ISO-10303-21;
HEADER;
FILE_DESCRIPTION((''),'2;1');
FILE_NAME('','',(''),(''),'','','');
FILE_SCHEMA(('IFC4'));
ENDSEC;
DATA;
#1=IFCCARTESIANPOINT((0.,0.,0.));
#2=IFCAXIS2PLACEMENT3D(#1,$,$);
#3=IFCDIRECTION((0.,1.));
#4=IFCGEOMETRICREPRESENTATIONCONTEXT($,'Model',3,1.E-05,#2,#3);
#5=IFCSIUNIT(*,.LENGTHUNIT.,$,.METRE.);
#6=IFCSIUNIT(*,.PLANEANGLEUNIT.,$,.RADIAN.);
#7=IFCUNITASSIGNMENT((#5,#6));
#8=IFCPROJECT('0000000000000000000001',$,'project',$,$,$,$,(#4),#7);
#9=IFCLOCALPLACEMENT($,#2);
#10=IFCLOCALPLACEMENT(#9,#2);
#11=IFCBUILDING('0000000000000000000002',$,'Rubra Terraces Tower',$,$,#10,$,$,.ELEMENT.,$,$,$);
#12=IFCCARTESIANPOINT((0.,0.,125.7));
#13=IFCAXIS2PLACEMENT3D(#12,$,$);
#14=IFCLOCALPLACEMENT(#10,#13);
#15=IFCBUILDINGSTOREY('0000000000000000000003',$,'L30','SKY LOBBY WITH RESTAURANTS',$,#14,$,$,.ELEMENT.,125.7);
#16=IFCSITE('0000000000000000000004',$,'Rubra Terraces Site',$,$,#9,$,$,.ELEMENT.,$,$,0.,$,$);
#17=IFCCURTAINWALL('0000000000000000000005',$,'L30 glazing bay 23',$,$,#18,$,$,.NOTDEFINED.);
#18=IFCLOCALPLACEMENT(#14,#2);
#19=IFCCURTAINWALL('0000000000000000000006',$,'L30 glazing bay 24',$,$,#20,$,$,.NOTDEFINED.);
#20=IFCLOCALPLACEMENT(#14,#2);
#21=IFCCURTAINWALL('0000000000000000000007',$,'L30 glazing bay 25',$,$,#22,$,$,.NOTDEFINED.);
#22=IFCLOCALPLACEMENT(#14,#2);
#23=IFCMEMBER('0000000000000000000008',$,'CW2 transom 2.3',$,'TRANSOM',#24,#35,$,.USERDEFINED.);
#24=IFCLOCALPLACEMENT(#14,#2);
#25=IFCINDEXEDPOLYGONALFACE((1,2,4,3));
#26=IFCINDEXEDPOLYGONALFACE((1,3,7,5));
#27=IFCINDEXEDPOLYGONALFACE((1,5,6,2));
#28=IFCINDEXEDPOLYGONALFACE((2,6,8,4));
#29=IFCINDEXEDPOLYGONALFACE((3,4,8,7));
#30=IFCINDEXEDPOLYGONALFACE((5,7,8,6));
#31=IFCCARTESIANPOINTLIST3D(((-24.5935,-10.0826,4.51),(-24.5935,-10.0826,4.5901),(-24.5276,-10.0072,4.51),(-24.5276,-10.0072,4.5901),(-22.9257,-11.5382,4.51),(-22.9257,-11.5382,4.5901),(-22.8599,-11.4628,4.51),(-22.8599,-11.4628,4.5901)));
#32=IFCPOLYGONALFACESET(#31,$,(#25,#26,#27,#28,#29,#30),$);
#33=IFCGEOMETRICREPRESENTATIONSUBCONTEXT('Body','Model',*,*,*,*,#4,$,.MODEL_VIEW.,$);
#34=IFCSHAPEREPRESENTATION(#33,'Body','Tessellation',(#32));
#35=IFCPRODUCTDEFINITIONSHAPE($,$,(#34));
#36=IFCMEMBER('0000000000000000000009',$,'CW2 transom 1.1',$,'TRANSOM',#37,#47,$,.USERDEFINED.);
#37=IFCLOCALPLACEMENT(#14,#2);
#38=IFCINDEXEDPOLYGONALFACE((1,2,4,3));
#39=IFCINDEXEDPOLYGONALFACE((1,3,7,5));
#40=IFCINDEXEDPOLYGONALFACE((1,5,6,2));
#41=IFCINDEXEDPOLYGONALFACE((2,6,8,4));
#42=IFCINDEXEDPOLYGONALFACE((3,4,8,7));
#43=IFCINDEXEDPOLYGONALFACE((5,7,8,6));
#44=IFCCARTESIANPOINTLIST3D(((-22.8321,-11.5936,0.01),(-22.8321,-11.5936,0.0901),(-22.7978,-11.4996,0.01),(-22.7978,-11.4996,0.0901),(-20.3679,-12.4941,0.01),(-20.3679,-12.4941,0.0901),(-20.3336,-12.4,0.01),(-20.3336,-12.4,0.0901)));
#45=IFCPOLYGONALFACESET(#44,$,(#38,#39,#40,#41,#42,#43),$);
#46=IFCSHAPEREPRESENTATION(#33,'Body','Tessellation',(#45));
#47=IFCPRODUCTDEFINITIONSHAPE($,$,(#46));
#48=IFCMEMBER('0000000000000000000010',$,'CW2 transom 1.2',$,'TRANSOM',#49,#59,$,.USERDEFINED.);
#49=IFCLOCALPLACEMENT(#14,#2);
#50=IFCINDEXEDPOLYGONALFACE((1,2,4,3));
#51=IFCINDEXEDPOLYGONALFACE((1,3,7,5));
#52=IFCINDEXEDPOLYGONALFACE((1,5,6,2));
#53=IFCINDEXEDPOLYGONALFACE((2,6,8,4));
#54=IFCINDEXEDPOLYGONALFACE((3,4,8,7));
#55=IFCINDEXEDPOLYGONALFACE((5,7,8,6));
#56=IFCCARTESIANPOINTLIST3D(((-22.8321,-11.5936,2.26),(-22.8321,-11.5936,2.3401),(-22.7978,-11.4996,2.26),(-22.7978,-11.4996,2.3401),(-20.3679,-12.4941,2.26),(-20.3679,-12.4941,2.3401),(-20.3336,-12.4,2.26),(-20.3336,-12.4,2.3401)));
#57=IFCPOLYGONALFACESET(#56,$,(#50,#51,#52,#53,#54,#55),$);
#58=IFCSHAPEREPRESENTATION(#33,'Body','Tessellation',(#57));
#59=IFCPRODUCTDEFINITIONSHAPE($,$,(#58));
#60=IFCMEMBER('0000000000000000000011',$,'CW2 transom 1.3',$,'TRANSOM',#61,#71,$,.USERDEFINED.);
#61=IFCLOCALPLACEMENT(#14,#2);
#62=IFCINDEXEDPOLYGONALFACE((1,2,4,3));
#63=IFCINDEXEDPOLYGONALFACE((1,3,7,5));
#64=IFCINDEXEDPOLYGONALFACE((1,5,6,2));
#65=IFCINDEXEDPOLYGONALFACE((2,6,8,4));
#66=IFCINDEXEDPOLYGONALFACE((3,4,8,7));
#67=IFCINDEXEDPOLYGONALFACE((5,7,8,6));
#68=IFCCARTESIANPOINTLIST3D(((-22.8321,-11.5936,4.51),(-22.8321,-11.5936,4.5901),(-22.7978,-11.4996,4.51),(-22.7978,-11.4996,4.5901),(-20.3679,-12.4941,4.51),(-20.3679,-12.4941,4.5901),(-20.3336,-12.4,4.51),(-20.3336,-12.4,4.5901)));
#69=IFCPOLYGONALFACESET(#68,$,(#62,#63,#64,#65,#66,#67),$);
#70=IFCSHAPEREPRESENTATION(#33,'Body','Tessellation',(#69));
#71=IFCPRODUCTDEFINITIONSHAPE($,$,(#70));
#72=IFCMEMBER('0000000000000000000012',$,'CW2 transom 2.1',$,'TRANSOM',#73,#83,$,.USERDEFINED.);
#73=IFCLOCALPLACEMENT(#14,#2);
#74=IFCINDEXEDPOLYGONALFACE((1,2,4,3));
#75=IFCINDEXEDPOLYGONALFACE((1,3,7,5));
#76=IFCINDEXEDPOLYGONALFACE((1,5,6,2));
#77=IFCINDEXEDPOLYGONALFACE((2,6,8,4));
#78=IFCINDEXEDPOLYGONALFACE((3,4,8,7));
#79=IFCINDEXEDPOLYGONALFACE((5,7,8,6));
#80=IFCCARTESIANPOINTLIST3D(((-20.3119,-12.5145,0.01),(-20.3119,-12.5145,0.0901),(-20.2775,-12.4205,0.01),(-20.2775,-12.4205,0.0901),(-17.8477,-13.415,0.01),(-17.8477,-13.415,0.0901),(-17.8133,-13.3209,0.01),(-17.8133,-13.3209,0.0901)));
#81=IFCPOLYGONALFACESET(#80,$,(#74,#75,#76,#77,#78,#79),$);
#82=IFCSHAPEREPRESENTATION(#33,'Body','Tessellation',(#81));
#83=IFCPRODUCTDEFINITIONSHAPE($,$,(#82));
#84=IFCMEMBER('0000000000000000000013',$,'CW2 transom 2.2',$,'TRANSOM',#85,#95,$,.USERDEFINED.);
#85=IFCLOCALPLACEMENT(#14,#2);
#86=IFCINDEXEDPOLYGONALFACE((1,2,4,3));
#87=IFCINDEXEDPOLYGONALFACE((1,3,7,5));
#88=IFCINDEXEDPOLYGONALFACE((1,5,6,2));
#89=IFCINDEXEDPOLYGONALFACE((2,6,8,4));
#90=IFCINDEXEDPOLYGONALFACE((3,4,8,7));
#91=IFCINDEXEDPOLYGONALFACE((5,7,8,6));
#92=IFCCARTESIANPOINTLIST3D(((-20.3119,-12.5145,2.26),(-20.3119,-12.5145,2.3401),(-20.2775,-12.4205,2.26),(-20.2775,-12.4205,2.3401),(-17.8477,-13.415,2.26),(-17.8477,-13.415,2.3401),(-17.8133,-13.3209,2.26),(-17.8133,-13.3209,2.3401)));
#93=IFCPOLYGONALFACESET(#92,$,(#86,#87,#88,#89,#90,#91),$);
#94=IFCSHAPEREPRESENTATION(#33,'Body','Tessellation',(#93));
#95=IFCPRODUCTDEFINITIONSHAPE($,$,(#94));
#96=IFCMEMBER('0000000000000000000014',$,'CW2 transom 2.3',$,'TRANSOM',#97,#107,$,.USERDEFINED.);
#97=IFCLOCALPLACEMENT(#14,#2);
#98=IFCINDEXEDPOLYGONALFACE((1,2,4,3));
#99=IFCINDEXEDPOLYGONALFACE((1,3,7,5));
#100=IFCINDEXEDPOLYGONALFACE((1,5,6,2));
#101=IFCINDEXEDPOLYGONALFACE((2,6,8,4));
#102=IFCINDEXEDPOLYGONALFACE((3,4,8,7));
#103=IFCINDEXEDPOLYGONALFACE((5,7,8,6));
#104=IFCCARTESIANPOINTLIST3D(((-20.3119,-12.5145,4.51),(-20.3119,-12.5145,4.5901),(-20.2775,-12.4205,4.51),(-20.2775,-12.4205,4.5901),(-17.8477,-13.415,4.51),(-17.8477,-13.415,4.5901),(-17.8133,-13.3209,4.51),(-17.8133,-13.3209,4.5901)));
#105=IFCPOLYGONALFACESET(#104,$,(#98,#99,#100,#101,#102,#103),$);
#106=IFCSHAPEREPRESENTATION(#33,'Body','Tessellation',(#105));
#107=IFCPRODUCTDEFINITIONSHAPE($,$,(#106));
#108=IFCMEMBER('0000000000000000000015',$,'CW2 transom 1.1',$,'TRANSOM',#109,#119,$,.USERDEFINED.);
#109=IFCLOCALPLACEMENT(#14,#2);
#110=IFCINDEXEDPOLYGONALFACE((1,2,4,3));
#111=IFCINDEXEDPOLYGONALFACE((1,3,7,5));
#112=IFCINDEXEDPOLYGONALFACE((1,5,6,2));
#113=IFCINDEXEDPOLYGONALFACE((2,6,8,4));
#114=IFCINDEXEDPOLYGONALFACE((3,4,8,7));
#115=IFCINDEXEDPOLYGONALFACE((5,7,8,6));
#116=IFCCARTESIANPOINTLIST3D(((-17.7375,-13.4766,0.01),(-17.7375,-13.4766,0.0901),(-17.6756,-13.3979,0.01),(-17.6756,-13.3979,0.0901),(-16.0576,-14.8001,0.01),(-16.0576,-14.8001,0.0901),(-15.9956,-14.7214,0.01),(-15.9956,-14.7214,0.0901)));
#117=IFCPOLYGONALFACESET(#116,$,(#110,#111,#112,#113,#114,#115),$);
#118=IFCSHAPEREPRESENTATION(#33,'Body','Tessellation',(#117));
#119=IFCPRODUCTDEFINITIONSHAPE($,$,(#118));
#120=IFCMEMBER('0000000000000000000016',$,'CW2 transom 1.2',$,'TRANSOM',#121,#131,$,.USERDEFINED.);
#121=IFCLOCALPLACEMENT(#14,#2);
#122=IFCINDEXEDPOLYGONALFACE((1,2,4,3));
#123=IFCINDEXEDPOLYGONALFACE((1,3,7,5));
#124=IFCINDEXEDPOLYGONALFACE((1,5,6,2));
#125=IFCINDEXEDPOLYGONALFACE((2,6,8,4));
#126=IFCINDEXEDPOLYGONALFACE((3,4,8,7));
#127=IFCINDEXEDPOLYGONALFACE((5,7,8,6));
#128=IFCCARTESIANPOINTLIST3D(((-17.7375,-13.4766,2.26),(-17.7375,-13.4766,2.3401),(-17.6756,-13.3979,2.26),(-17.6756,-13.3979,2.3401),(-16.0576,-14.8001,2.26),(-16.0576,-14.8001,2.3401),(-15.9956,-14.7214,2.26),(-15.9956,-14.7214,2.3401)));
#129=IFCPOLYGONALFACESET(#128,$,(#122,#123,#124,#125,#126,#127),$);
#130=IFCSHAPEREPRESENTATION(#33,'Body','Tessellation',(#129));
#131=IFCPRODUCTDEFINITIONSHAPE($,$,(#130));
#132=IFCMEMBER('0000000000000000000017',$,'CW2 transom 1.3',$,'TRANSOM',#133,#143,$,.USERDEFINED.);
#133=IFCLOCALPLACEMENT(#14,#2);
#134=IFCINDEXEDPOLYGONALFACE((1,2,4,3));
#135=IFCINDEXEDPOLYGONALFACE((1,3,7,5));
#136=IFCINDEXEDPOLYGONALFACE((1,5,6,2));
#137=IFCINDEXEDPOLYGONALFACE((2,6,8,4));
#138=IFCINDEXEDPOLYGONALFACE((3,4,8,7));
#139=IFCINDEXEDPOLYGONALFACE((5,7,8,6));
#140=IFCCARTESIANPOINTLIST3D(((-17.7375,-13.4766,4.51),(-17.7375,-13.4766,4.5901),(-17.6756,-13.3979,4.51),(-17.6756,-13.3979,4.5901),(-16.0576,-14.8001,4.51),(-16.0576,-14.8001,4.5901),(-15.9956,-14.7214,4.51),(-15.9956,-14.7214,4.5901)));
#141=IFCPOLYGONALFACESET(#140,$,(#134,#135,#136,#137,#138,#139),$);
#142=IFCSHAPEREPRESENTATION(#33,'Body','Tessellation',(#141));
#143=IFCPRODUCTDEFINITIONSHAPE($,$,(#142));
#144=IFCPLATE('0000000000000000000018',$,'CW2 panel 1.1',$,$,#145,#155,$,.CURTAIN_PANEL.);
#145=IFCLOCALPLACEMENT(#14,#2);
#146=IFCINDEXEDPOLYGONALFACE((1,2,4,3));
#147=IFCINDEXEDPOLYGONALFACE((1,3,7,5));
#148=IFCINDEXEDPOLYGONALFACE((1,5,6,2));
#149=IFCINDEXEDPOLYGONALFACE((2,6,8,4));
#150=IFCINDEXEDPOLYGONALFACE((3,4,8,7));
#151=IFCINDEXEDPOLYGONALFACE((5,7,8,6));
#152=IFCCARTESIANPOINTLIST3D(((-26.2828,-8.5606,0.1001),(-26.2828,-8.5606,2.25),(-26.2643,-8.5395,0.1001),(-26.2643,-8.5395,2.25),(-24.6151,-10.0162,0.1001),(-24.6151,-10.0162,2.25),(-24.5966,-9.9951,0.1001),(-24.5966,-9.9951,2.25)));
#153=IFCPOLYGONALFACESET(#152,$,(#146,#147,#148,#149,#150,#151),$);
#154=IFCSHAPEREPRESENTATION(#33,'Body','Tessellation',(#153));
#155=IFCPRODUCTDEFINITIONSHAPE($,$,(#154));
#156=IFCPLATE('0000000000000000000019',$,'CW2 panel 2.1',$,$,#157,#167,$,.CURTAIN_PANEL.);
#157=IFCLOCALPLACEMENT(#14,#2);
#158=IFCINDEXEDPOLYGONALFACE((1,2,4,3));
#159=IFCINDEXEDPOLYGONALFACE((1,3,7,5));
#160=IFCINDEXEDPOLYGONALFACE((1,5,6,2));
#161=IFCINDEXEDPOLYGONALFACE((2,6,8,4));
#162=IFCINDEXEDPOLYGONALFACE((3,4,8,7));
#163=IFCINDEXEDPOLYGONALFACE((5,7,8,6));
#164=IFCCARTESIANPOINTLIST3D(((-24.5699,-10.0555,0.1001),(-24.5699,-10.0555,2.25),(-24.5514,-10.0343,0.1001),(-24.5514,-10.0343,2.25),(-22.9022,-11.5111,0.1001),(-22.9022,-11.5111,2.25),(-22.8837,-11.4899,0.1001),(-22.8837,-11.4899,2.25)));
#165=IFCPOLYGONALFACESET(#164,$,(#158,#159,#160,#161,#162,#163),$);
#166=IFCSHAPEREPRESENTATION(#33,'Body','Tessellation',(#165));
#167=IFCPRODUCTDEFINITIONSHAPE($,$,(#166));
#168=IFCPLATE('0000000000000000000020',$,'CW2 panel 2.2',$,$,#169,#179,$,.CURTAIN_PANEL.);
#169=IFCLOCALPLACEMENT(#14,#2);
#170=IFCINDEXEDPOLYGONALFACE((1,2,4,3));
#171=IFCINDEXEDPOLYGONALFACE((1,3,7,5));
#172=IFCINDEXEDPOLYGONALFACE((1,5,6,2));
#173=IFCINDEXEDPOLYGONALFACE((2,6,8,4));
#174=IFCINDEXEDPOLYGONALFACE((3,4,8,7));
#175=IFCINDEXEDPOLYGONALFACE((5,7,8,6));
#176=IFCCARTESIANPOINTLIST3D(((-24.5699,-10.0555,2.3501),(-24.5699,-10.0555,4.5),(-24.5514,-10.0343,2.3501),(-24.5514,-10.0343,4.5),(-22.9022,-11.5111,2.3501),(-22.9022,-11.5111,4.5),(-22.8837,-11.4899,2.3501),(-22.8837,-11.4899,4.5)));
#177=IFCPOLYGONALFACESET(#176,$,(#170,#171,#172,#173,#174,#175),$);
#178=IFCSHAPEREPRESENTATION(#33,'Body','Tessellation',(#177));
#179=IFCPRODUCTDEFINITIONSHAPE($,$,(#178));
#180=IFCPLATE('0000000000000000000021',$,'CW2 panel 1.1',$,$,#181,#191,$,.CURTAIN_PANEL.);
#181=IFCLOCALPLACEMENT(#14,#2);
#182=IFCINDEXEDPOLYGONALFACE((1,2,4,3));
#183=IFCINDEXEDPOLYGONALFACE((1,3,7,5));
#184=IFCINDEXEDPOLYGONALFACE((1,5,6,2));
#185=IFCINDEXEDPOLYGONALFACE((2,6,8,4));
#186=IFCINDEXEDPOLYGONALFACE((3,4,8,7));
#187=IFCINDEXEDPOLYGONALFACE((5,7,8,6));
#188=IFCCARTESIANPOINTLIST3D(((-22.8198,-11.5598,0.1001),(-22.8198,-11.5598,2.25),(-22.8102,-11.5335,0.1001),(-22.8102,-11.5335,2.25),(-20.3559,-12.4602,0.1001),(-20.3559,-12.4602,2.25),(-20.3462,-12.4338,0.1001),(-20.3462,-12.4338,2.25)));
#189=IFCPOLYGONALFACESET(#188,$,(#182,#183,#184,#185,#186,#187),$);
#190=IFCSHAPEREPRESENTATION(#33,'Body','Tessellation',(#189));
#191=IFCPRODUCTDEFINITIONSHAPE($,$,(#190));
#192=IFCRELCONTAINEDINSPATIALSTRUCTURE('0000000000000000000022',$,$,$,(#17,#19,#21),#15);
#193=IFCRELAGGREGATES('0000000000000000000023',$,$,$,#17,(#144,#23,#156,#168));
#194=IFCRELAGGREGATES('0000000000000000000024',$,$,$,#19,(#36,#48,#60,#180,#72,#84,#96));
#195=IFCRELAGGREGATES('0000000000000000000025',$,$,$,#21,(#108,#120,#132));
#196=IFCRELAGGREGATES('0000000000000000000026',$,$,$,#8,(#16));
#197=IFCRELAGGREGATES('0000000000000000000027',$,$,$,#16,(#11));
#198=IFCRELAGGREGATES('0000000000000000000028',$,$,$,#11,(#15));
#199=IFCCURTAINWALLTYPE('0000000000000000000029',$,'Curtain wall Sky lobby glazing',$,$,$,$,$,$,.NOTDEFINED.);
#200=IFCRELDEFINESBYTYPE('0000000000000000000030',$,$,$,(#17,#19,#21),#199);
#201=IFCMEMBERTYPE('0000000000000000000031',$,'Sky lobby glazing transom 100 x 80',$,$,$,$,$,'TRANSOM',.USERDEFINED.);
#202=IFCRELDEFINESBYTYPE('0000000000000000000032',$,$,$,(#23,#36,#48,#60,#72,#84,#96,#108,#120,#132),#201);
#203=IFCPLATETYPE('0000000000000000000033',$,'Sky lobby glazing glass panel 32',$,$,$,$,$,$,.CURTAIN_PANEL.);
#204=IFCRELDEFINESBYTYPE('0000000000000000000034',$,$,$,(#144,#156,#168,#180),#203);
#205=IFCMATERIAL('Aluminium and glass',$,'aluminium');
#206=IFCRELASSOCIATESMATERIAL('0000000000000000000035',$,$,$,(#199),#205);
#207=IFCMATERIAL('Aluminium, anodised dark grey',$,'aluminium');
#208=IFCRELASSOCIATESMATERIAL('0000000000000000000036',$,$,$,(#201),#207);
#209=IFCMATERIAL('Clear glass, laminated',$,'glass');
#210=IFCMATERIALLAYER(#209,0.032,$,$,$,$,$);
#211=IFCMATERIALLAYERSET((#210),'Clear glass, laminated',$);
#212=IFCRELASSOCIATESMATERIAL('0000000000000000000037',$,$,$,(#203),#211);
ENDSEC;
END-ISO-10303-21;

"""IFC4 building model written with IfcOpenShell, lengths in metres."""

from ifc_helpers import new_model, si_unit, direction, frame, origin, origin_2d, place, context, subcontext, project, spatial, rectangle, extrude, material, layer, layer_set, material_profile, profile_set, type_object, element, aggregate, save


model = new_model("IFC4")

# Units and contexts
model_context = context("Model", 3, precision=1e-05, world=origin(), true_north=direction((0.0, 1.0)))
body_context = subcontext(model_context, "Body", "Model", "MODEL_VIEW")
ifc_project = project(units=[si_unit("LENGTHUNIT", "METRE"), si_unit("PLANEANGLEUNIT", "RADIAN")], contexts=[model_context])

# Site, building, storey
site_placement = place(None, origin())
site = spatial("IfcSite", under=ifc_project, at=site_placement, Name="Rubra Terraces Site", CompositionType="ELEMENT", RefElevation=0.0)
building_placement = place(site_placement, origin())
building = spatial("IfcBuilding", under=site, at=building_placement, Name="Rubra Terraces Tower", CompositionType="ELEMENT")
storey_placement = place(building_placement, frame((0.0, 0.0, 125.7)))
storey = spatial("IfcBuildingStorey", under=building, at=storey_placement, Name="L30", Description="SKY LOBBY WITH RESTAURANTS", CompositionType="ELEMENT", Elevation=125.7)

# Curtain wall
ifc_material_1 = material(Name="Aluminium and glass", Category="aluminium")
curtain_wall_type = type_object("IfcCurtainWallType", Name="Curtain wall Sky lobby glazing", PredefinedType="NOTDEFINED", material=ifc_material_1)
curtain_wall_1_placement = place(storey_placement, origin())
curtain_wall_1 = element("IfcCurtainWall", 1, at=curtain_wall_1_placement, inside=storey, type_object=curtain_wall_type, Name="L30 glazing bay 23", PredefinedType="NOTDEFINED")
ifc_material_2 = material(Name="Aluminium, anodised dark grey", Category="aluminium")

# Curtain wall
curtain_wall_2_placement = place(storey_placement, origin())
curtain_wall_2 = element("IfcCurtainWall", 2, at=curtain_wall_2_placement, inside=storey, type_object=curtain_wall_type, Name="L30 glazing bay 24", PredefinedType="NOTDEFINED")

# Curtain wall
curtain_wall_3_placement = place(storey_placement, origin())
curtain_wall_3 = element("IfcCurtainWall", 3, at=curtain_wall_3_placement, inside=storey, type_object=curtain_wall_type, Name="L30 glazing bay 25", PredefinedType="NOTDEFINED")

# Members
ifc_material_profile_1 = material_profile(ifc_material_2, rectangle(XDim=0.1001, YDim=0.0801, at=origin_2d()), Name="AL 100x80")
ifc_profile_set_1 = profile_set([ifc_material_profile_1], Name="Aluminium, anodised dark grey")
member_type_1 = type_object("IfcMemberType", Name="Sky lobby glazing transom 100 x 80", ElementType="TRANSOM", PredefinedType="USERDEFINED", material=ifc_profile_set_1)
member_1_placement = place(storey_placement, frame((-24.5605, -10.0449, 4.55), z_axis=(0.753403, -0.657559, 0.0), x_axis=(0.657559, 0.753403, 0.0)))
member_1 = element("IfcMember", 4, at=member_1_placement, type_object=member_type_1, Name="CW2 transom 2.3", ObjectType="TRANSOM", PredefinedType="USERDEFINED", context=body_context, shape_type="SweptSolid", body=[
    extrude(rectangle(XDim=0.1001, YDim=0.0801, at=origin_2d()), origin(), (0.0, 0.0, 1.0), 2.2136),
])
member_2_placement = place(storey_placement, frame((-22.8149, -11.5466, 0.05), z_axis=(0.93926, -0.343207, 0.0), x_axis=(0.343207, 0.93926, 0.0)))
member_2 = element("IfcMember", 5, at=member_2_placement, type_object=member_type_1, Name="CW2 transom 1.1", ObjectType="TRANSOM", PredefinedType="USERDEFINED", context=body_context, shape_type="SweptSolid", body=[
    extrude(rectangle(XDim=0.1001, YDim=0.0801, at=origin_2d()), origin(), (0.0, 0.0, 1.0), 2.6235),
])
member_3_placement = place(storey_placement, frame((-22.8149, -11.5466, 2.3), z_axis=(0.93926, -0.343207, 0.0), x_axis=(0.343207, 0.93926, 0.0)))
member_3 = element("IfcMember", 6, at=member_3_placement, type_object=member_type_1, Name="CW2 transom 1.2", ObjectType="TRANSOM", PredefinedType="USERDEFINED", context=body_context, shape_type="SweptSolid", body=[
    extrude(rectangle(XDim=0.1001, YDim=0.0801, at=origin_2d()), origin(), (0.0, 0.0, 1.0), 2.6235),
])
member_4_placement = place(storey_placement, frame((-22.8149, -11.5466, 4.55), z_axis=(0.93926, -0.343207, 0.0), x_axis=(0.343207, 0.93926, 0.0)))
member_4 = element("IfcMember", 7, at=member_4_placement, type_object=member_type_1, Name="CW2 transom 1.3", ObjectType="TRANSOM", PredefinedType="USERDEFINED", context=body_context, shape_type="SweptSolid", body=[
    extrude(rectangle(XDim=0.1001, YDim=0.0801, at=origin_2d()), origin(), (0.0, 0.0, 1.0), 2.6235),
])
member_5_placement = place(storey_placement, frame((-20.2947, -12.4675, 0.05), z_axis=(0.93926, -0.343207, 0.0), x_axis=(0.343207, 0.93926, 0.0)))
member_5 = element("IfcMember", 8, at=member_5_placement, type_object=member_type_1, Name="CW2 transom 2.1", ObjectType="TRANSOM", PredefinedType="USERDEFINED", context=body_context, shape_type="SweptSolid", body=[
    extrude(rectangle(XDim=0.1001, YDim=0.0801, at=origin_2d()), origin(), (0.0, 0.0, 1.0), 2.6235),
])
member_6_placement = place(storey_placement, frame((-20.2947, -12.4675, 2.3), z_axis=(0.93926, -0.343207, 0.0), x_axis=(0.343207, 0.93926, 0.0)))
member_6 = element("IfcMember", 9, at=member_6_placement, type_object=member_type_1, Name="CW2 transom 2.2", ObjectType="TRANSOM", PredefinedType="USERDEFINED", context=body_context, shape_type="SweptSolid", body=[
    extrude(rectangle(XDim=0.1001, YDim=0.0801, at=origin_2d()), origin(), (0.0, 0.0, 1.0), 2.6235),
])
member_7_placement = place(storey_placement, frame((-20.2947, -12.4675, 4.55), z_axis=(0.93926, -0.343207, 0.0), x_axis=(0.343207, 0.93926, 0.0)))
member_7 = element("IfcMember", 10, at=member_7_placement, type_object=member_type_1, Name="CW2 transom 2.3", ObjectType="TRANSOM", PredefinedType="USERDEFINED", context=body_context, shape_type="SweptSolid", body=[
    extrude(rectangle(XDim=0.1001, YDim=0.0801, at=origin_2d()), origin(), (0.0, 0.0, 1.0), 2.6235),
])
member_8_placement = place(storey_placement, frame((-17.7065, -13.4373, 0.05), z_axis=(0.785514, -0.618844, 0.0), x_axis=(0.618844, 0.785514, 0.0)))
member_8 = element("IfcMember", 11, at=member_8_placement, type_object=member_type_1, Name="CW2 transom 1.1", ObjectType="TRANSOM", PredefinedType="USERDEFINED", context=body_context, shape_type="SweptSolid", body=[
    extrude(rectangle(XDim=0.1001, YDim=0.0801, at=origin_2d()), origin(), (0.0, 0.0, 1.0), 2.1387),
])
member_9_placement = place(storey_placement, frame((-17.7065, -13.4373, 2.3), z_axis=(0.785514, -0.618844, 0.0), x_axis=(0.618844, 0.785514, 0.0)))
member_9 = element("IfcMember", 12, at=member_9_placement, type_object=member_type_1, Name="CW2 transom 1.2", ObjectType="TRANSOM", PredefinedType="USERDEFINED", context=body_context, shape_type="SweptSolid", body=[
    extrude(rectangle(XDim=0.1001, YDim=0.0801, at=origin_2d()), origin(), (0.0, 0.0, 1.0), 2.1387),
])
member_10_placement = place(storey_placement, frame((-17.7065, -13.4373, 4.55), z_axis=(0.785514, -0.618844, 0.0), x_axis=(0.618844, 0.785514, 0.0)))
member_10 = element("IfcMember", 13, at=member_10_placement, type_object=member_type_1, Name="CW2 transom 1.3", ObjectType="TRANSOM", PredefinedType="USERDEFINED", context=body_context, shape_type="SweptSolid", body=[
    extrude(rectangle(XDim=0.1001, YDim=0.0801, at=origin_2d()), origin(), (0.0, 0.0, 1.0), 2.1387),
])

# Plates
ifc_material_3 = material(Name="Clear glass, laminated", Category="glass")
ifc_layer_1 = layer(ifc_material_3, 0.032)
ifc_layer_set_1 = layer_set([ifc_layer_1], Name="Clear glass, laminated")
plate_type = type_object("IfcPlateType", Name="Sky lobby glazing glass panel 32", PredefinedType="CURTAIN_PANEL", material=ifc_layer_set_1)
plate_1_placement = place(storey_placement, frame((-25.4397, -9.2778, 0.1001), z_axis=(0.0, 0.0, 1.0), x_axis=(0.753396, -0.657567, 0.0)))
plate_1 = element("IfcPlate", 14, at=plate_1_placement, type_object=plate_type, Name="CW2 panel 1.1", PredefinedType="CURTAIN_PANEL", context=body_context, shape_type="SweptSolid", body=[
    extrude(rectangle(XDim=2.2136, YDim=0.0281, at=origin_2d()), origin(), (0.0, 0.0, 1.0), 2.1499),
])
plate_2_placement = place(storey_placement, frame((-23.7268, -10.7727, 0.1001), z_axis=(0.0, 0.0, 1.0), x_axis=(0.753396, -0.657567, 0.0)))
plate_2 = element("IfcPlate", 15, at=plate_2_placement, type_object=plate_type, Name="CW2 panel 2.1", PredefinedType="CURTAIN_PANEL", context=body_context, shape_type="SweptSolid", body=[
    extrude(rectangle(XDim=2.2136, YDim=0.0281, at=origin_2d()), origin(), (0.0, 0.0, 1.0), 2.1499),
])
plate_3_placement = place(storey_placement, frame((-23.7268, -10.7727, 2.3501), z_axis=(0.0, 0.0, 1.0), x_axis=(0.753396, -0.657567, 0.0)))
plate_3 = element("IfcPlate", 16, at=plate_3_placement, type_object=plate_type, Name="CW2 panel 2.2", PredefinedType="CURTAIN_PANEL", context=body_context, shape_type="SweptSolid", body=[
    extrude(rectangle(XDim=2.2136, YDim=0.0281, at=origin_2d()), origin(), (0.0, 0.0, 1.0), 2.1499),
])
aggregate(curtain_wall_1, [plate_1, member_1, plate_2, plate_3])
plate_4_placement = place(storey_placement, frame((-21.583, -11.9968, 0.1001), z_axis=(0.0, 0.0, 1.0), x_axis=(0.939255, -0.343221, 0.0)))
plate_4 = element("IfcPlate", 17, at=plate_4_placement, type_object=plate_type, Name="CW2 panel 1.1", PredefinedType="CURTAIN_PANEL", context=body_context, shape_type="SweptSolid", body=[
    extrude(rectangle(XDim=2.6233, YDim=0.0281, at=origin_2d()), origin(), (0.0, 0.0, 1.0), 2.1499),
])
aggregate(curtain_wall_2, [member_2, member_3, member_4, plate_4, member_5, member_6, member_7])
aggregate(curtain_wall_3, [member_8, member_9, member_10])

save(model, "model.ifc")
